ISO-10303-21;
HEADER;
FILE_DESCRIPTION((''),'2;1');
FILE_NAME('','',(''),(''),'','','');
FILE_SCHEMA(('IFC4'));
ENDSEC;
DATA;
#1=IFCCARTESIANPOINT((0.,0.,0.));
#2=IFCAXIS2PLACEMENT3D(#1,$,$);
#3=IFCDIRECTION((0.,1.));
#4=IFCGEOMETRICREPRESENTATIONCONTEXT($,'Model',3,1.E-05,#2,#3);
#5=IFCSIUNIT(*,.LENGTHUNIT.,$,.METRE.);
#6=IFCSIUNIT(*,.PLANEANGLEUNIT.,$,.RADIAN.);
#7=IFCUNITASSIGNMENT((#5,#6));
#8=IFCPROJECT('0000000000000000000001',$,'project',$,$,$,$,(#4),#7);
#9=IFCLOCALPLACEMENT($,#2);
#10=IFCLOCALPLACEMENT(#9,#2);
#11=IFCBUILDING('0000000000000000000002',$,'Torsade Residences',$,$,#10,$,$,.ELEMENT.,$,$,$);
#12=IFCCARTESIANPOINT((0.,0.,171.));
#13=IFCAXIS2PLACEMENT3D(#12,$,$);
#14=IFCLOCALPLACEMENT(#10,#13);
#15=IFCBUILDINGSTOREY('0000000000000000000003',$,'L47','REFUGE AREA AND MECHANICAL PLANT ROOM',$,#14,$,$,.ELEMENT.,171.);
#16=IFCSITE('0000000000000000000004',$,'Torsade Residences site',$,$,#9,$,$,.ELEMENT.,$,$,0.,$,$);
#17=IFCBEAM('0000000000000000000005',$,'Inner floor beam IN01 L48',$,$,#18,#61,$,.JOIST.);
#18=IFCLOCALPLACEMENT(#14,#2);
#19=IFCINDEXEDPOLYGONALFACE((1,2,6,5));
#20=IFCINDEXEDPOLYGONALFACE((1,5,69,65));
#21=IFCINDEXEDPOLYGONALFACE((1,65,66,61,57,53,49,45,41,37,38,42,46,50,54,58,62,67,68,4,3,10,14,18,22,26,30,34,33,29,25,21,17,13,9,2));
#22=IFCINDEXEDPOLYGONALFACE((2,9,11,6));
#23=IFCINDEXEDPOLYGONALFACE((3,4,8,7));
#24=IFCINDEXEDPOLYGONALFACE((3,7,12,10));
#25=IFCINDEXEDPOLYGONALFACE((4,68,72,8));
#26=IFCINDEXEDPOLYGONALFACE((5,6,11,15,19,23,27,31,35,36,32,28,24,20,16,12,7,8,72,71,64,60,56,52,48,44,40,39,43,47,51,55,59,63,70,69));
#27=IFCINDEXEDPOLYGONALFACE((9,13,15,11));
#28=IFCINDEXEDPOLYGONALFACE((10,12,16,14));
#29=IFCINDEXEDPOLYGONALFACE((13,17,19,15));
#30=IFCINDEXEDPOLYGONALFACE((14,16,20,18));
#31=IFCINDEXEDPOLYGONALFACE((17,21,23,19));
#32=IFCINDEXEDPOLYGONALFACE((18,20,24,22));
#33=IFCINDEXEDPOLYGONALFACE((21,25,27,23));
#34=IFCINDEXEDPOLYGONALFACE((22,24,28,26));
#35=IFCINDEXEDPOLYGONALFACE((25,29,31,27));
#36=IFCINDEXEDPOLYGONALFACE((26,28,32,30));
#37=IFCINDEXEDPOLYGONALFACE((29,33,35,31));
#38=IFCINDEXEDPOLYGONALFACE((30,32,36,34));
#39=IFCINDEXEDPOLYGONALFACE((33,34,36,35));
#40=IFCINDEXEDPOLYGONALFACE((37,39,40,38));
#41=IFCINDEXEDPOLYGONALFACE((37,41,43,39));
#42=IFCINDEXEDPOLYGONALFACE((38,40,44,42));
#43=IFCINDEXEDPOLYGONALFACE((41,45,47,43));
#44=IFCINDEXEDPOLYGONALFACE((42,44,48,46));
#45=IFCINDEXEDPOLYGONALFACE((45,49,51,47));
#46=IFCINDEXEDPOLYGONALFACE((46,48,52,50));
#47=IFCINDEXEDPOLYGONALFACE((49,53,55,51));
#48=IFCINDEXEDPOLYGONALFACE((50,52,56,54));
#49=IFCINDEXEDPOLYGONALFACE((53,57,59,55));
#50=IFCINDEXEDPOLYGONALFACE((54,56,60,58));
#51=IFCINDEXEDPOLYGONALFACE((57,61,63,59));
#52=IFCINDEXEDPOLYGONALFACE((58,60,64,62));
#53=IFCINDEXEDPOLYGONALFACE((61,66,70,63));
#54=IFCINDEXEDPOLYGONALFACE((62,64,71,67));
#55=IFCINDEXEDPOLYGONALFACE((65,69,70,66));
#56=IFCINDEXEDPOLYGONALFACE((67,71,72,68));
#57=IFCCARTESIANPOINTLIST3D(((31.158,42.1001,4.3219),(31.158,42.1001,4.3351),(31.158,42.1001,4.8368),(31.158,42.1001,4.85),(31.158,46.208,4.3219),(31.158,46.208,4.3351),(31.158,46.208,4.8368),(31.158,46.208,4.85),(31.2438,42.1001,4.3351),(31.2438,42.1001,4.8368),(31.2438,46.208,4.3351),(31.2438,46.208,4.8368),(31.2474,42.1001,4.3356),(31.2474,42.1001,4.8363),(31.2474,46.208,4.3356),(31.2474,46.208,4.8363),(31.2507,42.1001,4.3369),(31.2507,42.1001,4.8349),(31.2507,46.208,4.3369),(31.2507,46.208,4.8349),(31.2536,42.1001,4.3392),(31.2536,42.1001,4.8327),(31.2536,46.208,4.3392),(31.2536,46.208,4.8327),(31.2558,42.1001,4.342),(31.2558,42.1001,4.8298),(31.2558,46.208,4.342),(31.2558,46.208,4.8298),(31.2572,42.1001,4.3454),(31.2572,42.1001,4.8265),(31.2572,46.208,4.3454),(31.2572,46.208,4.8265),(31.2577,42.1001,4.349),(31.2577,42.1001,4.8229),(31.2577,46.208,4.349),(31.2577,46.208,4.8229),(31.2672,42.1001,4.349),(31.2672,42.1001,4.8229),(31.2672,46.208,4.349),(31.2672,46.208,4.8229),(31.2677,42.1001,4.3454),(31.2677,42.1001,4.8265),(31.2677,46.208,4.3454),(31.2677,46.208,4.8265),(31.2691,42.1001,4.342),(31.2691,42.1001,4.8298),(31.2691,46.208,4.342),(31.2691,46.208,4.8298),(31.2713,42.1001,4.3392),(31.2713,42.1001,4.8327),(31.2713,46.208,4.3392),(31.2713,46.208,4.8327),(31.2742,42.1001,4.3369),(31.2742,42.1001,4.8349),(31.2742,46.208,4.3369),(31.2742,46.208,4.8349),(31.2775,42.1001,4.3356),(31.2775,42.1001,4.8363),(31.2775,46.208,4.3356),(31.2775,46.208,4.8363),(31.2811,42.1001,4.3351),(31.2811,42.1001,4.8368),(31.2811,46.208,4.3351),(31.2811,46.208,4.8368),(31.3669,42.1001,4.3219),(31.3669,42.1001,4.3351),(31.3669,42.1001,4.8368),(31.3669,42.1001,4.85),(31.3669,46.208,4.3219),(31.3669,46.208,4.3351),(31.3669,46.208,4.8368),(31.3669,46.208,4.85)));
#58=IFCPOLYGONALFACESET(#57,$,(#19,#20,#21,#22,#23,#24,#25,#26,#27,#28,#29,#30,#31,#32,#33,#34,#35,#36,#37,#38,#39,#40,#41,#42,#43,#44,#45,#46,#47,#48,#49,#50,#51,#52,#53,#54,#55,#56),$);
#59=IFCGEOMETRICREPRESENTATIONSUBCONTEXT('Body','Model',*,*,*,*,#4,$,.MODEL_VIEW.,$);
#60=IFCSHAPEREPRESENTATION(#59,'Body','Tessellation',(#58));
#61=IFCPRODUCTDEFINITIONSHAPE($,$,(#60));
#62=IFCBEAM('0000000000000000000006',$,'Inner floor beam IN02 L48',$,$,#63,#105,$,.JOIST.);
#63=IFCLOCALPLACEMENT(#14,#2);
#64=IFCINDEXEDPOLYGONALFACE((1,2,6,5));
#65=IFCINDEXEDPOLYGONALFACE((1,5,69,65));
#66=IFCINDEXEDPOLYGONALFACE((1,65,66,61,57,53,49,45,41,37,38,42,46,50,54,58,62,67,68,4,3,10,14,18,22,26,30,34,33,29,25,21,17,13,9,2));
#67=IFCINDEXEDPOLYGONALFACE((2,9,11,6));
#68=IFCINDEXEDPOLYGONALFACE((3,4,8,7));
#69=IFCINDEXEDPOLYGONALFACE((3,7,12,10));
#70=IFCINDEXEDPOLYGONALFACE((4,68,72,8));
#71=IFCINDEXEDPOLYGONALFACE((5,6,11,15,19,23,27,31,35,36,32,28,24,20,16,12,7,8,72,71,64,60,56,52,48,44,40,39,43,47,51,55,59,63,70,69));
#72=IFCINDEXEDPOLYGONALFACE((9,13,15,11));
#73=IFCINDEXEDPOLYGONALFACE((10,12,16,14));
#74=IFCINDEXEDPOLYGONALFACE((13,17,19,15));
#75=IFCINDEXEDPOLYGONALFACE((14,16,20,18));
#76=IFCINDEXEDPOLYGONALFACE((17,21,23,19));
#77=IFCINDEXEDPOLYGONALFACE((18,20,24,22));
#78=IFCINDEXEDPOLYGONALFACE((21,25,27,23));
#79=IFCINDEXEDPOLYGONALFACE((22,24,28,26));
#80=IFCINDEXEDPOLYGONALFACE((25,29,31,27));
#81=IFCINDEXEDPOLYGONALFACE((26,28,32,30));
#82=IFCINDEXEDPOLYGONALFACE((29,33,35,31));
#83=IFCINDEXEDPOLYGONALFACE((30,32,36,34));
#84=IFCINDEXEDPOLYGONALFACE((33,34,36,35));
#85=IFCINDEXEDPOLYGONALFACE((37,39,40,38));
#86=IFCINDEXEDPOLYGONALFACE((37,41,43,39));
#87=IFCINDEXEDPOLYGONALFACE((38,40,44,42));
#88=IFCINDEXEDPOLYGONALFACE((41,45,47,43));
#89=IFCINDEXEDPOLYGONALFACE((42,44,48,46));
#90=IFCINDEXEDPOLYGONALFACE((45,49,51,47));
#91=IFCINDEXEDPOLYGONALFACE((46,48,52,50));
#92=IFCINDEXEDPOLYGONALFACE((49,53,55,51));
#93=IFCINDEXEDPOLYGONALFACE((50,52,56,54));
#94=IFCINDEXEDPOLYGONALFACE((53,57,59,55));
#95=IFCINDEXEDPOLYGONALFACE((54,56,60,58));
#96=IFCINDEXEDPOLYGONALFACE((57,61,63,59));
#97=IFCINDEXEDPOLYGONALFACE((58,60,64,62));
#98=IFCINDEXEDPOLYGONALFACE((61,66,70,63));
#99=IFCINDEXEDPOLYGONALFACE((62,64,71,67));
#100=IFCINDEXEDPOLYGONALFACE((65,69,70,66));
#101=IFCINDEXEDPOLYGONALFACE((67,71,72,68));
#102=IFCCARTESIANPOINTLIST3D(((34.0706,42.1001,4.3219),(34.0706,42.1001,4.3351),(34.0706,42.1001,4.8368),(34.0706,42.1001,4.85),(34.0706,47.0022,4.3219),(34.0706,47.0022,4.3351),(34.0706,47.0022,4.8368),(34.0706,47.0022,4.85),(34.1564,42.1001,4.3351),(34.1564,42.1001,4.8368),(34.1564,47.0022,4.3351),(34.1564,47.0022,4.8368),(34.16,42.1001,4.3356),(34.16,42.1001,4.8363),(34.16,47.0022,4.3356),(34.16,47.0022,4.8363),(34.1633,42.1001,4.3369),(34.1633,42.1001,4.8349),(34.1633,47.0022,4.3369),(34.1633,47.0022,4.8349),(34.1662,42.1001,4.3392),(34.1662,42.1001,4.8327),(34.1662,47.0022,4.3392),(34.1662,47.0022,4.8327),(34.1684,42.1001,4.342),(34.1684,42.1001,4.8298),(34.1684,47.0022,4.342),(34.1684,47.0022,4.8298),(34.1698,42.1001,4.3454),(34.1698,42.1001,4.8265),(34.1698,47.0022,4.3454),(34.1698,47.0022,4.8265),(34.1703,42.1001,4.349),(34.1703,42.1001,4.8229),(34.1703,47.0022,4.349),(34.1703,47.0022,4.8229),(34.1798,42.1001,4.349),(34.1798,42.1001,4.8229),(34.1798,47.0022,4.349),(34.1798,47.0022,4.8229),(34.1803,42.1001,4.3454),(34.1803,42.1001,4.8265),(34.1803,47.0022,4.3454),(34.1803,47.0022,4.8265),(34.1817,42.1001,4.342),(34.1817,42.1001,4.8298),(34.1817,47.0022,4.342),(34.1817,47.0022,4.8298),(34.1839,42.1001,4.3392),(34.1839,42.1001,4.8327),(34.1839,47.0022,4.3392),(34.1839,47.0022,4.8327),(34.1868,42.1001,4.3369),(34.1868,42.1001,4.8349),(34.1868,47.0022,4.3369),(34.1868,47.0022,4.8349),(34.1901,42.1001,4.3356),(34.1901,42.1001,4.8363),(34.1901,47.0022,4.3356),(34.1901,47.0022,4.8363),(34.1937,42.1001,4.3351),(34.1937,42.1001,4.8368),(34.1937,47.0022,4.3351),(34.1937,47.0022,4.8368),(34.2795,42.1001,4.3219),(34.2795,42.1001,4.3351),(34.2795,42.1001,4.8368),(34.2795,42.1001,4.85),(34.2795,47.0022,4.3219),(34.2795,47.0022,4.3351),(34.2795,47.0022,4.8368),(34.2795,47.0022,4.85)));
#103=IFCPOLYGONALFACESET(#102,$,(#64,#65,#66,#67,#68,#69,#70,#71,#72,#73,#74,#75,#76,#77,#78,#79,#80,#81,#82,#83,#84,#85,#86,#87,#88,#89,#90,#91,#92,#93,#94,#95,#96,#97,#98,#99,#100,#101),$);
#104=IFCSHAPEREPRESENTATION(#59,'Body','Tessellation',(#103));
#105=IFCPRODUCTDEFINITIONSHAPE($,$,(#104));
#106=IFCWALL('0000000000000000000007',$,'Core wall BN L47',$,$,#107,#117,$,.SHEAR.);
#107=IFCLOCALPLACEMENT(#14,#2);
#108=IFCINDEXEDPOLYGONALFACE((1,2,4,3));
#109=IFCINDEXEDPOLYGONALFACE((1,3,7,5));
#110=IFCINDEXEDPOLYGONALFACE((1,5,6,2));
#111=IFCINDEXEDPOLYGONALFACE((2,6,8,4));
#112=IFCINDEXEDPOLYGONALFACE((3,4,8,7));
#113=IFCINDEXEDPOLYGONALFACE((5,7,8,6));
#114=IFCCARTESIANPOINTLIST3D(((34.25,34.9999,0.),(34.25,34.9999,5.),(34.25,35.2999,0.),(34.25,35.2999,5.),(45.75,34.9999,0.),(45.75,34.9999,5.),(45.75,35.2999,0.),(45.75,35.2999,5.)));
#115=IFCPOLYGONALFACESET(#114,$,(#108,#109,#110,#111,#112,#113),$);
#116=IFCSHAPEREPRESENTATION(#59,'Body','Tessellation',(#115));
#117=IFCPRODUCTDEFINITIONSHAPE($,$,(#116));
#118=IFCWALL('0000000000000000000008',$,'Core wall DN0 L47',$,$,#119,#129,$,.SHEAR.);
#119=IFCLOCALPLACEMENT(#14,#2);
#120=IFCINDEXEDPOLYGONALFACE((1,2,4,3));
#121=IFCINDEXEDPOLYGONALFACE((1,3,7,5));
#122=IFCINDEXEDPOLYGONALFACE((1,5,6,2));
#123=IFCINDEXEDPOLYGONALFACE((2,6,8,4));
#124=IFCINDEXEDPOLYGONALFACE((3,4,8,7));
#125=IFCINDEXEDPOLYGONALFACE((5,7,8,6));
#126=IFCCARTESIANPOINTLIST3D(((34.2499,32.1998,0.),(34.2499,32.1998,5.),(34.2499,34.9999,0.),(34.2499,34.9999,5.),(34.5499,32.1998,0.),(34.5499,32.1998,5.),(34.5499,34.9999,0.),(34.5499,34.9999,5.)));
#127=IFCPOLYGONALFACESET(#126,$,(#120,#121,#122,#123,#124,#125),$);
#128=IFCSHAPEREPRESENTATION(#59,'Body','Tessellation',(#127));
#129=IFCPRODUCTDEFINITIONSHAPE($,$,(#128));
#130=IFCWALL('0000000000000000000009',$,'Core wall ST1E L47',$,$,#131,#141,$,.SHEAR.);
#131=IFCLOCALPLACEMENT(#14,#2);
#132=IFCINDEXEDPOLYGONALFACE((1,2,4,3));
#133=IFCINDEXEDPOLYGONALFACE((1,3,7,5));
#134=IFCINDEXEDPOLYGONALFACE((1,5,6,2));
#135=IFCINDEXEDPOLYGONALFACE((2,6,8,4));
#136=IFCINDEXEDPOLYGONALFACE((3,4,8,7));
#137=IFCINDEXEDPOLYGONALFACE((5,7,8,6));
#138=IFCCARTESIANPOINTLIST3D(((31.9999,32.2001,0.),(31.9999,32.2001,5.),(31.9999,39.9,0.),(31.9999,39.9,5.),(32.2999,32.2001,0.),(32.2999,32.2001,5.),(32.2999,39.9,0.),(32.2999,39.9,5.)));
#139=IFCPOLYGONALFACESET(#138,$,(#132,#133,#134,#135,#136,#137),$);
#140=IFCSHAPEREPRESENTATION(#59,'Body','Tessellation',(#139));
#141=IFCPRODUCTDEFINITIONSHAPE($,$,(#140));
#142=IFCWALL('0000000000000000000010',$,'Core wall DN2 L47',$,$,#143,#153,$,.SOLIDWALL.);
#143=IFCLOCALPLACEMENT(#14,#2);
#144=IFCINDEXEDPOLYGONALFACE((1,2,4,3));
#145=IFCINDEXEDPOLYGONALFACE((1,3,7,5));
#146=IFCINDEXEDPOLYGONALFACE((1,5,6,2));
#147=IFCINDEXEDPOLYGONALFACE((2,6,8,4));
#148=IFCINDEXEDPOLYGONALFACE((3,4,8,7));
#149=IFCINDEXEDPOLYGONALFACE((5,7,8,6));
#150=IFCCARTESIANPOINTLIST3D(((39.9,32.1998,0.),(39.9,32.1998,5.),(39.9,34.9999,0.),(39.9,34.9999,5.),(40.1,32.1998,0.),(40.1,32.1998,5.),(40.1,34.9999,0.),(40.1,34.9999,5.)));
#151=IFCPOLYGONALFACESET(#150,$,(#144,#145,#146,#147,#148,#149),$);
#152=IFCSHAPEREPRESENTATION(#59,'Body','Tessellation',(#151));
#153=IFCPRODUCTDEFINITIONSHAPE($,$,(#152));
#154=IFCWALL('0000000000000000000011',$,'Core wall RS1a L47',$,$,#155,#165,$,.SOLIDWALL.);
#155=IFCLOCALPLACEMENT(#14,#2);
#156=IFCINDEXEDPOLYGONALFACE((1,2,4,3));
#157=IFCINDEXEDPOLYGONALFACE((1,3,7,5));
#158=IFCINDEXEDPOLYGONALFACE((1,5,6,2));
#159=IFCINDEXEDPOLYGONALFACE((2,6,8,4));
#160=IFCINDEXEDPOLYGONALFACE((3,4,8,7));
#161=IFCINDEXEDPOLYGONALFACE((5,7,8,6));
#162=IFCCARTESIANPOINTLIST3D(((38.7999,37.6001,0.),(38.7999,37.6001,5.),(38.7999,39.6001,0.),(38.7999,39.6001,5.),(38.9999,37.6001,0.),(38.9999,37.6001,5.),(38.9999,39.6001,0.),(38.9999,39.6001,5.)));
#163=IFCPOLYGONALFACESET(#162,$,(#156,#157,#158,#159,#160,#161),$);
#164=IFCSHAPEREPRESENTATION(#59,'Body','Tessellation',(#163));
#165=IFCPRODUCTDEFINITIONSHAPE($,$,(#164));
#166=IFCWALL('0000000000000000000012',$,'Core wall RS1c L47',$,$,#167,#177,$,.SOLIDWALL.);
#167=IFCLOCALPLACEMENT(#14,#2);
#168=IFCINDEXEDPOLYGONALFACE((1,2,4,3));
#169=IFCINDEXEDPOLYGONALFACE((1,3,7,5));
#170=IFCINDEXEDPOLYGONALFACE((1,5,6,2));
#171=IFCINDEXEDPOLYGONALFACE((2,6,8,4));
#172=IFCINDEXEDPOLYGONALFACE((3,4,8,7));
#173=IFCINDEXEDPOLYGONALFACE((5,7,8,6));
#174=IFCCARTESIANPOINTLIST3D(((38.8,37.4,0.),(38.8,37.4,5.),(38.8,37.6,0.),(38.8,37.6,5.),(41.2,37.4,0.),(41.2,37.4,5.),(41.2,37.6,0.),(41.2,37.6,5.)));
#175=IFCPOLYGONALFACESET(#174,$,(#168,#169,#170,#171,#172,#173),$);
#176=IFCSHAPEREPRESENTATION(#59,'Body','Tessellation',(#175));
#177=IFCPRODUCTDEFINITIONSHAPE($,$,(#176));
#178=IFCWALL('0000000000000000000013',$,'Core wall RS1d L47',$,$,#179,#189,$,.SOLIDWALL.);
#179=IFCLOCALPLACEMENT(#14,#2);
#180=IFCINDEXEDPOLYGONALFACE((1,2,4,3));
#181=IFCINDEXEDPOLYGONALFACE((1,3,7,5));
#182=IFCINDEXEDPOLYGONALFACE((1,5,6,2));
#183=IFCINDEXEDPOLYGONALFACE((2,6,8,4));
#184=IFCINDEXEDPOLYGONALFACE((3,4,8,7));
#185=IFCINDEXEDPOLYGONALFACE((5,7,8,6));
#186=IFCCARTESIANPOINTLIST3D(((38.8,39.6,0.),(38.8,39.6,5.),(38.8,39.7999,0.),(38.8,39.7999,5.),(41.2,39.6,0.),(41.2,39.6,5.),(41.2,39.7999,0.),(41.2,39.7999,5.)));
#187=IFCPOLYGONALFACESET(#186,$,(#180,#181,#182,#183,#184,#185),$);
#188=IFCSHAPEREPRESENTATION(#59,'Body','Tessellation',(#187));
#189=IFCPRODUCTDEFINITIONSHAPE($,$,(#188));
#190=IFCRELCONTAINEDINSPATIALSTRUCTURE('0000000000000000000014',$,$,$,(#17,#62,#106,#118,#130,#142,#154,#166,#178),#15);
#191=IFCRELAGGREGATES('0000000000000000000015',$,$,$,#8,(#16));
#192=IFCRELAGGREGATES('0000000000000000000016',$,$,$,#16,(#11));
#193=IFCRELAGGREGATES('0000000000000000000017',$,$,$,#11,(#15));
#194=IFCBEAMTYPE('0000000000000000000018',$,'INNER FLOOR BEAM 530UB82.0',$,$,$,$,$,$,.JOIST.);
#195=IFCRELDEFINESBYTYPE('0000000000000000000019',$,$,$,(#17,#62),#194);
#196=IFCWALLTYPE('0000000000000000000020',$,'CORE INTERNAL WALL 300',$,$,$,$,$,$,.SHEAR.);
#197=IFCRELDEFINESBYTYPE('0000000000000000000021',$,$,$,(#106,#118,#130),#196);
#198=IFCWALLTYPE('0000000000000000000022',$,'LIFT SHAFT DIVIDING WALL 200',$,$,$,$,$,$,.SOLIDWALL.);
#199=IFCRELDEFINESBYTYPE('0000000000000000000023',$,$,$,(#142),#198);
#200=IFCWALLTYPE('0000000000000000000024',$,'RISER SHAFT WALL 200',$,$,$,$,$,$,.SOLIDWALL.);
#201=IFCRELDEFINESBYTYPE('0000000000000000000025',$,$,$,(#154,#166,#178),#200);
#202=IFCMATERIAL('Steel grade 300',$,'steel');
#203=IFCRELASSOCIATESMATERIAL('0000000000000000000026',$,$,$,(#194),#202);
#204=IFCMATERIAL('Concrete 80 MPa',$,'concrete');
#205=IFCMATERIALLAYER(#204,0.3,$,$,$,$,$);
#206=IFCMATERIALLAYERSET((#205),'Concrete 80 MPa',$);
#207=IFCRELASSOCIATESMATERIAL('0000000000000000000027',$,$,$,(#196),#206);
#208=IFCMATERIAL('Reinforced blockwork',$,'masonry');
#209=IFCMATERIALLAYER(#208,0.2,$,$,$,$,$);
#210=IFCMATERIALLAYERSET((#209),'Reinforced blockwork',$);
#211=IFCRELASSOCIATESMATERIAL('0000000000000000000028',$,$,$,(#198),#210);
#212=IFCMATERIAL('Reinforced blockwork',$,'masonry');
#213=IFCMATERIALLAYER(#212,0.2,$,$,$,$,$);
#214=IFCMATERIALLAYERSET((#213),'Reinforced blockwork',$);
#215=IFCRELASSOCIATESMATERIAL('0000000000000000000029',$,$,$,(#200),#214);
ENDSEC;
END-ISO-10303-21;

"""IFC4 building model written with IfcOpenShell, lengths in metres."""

from ifc_helpers import new_model, si_unit, direction, frame, frame_2d, origin, origin_2d, place, context, subcontext, project, spatial, rectangle, i_section, extrude, material, layer, layer_set, material_profile, profile_set, type_object, element, save


model = new_model("IFC4")

# Units and contexts
model_context = context("Model", 3, precision=1e-05, world=origin(), true_north=direction((0.0, 1.0)))
body_context = subcontext(model_context, "Body", "Model", "MODEL_VIEW")
ifc_project = project(units=[si_unit("LENGTHUNIT", "METRE"), si_unit("PLANEANGLEUNIT", "RADIAN")], contexts=[model_context])

# Site, building, storey
site_placement = place(None, origin())
site = spatial("IfcSite", under=ifc_project, at=site_placement, Name="Torsade Residences site", CompositionType="ELEMENT", RefElevation=0.0)
building_placement = place(site_placement, origin())
building = spatial("IfcBuilding", under=site, at=building_placement, Name="Torsade Residences", CompositionType="ELEMENT")
storey_placement = place(building_placement, frame((0.0, 0.0, 171.0)))
storey = spatial("IfcBuildingStorey", under=building, at=storey_placement, Name="L47", Description="REFUGE AREA AND MECHANICAL PLANT ROOM", CompositionType="ELEMENT", Elevation=171.0)

# Beams
ifc_material_1 = material(Name="Steel grade 300", Category="steel")
ifc_material_profile = material_profile(ifc_material_1, i_section(OverallWidth=0.209, OverallDepth=0.5281, WebThickness=0.0095, FlangeThickness=0.0132, FilletRadius=0.0139, at=origin_2d()), Name="530UB82.0")
ifc_profile_set = profile_set([ifc_material_profile], Name="Steel grade 300")
beam_type = type_object("IfcBeamType", Name="INNER FLOOR BEAM 530UB82.0", PredefinedType="JOIST", material=ifc_profile_set)
beam_1_placement = place(storey_placement, frame((31.2625, 42.1001, 4.5859), z_axis=(0.0, 1.0, 0.0), x_axis=(-1.0, 0.0, 0.0)))
element("IfcBeam", 1, at=beam_1_placement, inside=storey, type_object=beam_type, Name="Inner floor beam IN01 L48", PredefinedType="JOIST", context=body_context, shape_type="SweptSolid", body=[
    extrude(i_section(OverallWidth=0.209, OverallDepth=0.5281, WebThickness=0.0095, FlangeThickness=0.0132, FilletRadius=0.0139, at=origin_2d()), origin(), (0.0, 0.0, 1.0), 4.1079),
])
beam_2_placement = place(storey_placement, frame((34.175, 42.1001, 4.5859), z_axis=(0.0, 1.0, 0.0), x_axis=(-1.0, 0.0, 0.0)))
element("IfcBeam", 2, at=beam_2_placement, inside=storey, type_object=beam_type, Name="Inner floor beam IN02 L48", PredefinedType="JOIST", context=body_context, shape_type="SweptSolid", body=[
    extrude(i_section(OverallWidth=0.209, OverallDepth=0.5281, WebThickness=0.0095, FlangeThickness=0.0132, FilletRadius=0.0139, at=origin_2d()), origin(), (0.0, 0.0, 1.0), 4.9021),
])

# Walls
ifc_material_2 = material(Name="Concrete 80 MPa", Category="concrete")
ifc_layer_1 = layer(ifc_material_2, 0.3)
ifc_layer_set_1 = layer_set([ifc_layer_1], Name="Concrete 80 MPa")
wall_type_1 = type_object("IfcWallType", Name="CORE INTERNAL WALL 300", PredefinedType="SHEAR", material=ifc_layer_set_1)
wall_1_placement = place(storey_placement, frame((34.25, 35.1499, 0.0), z_axis=(0.0, 0.0, 1.0), x_axis=(1.0, 0.0, 0.0)))
element("IfcWall", 3, at=wall_1_placement, inside=storey, type_object=wall_type_1, Name="Core wall BN L47", PredefinedType="SHEAR", context=body_context, shape_type="SweptSolid", body=[
    extrude(rectangle(XDim=11.5, YDim=0.3, at=frame_2d((5.75, 0.0))), origin(), (0.0, 0.0, 1.0), 5.0),
])
wall_2_placement = place(storey_placement, frame((34.3999, 32.2, 0.0), z_axis=(0.0, 0.0, 1.0), x_axis=(0.0, 1.0, 0.0)))
element("IfcWall", 4, at=wall_2_placement, inside=storey, type_object=wall_type_1, Name="Core wall DN0 L47", PredefinedType="SHEAR", context=body_context, shape_type="SweptSolid", body=[
    extrude(rectangle(XDim=2.8, YDim=0.3, at=frame_2d((1.3999, 0.0))), origin(), (0.0, 0.0, 1.0), 5.0),
])
wall_3_placement = place(storey_placement, frame((32.1499, 32.2, 0.0), z_axis=(0.0, 0.0, 1.0), x_axis=(0.0, 1.0, 0.0)))
element("IfcWall", 5, at=wall_3_placement, inside=storey, type_object=wall_type_1, Name="Core wall ST1E L47", PredefinedType="SHEAR", context=body_context, shape_type="SweptSolid", body=[
    extrude(rectangle(XDim=7.7, YDim=0.3, at=frame_2d((3.8501, 0.0))), origin(), (0.0, 0.0, 1.0), 5.0),
])
ifc_material_3 = material(Name="Reinforced blockwork", Category="masonry")
ifc_layer_2 = layer(ifc_material_3, 0.2)
ifc_layer_set_2 = layer_set([ifc_layer_2], Name="Reinforced blockwork")
wall_type_2 = type_object("IfcWallType", Name="LIFT SHAFT DIVIDING WALL 200", PredefinedType="SOLIDWALL", material=ifc_layer_set_2)
wall_4_placement = place(storey_placement, frame((40.0, 32.2, 0.0), z_axis=(0.0, 0.0, 1.0), x_axis=(0.0, 1.0, 0.0)))
element("IfcWall", 6, at=wall_4_placement, inside=storey, type_object=wall_type_2, Name="Core wall DN2 L47", PredefinedType="SOLIDWALL", context=body_context, shape_type="SweptSolid", body=[
    extrude(rectangle(XDim=2.8, YDim=0.2, at=frame_2d((1.3999, 0.0))), origin(), (0.0, 0.0, 1.0), 5.0),
])
ifc_material_4 = material(Name="Reinforced blockwork", Category="masonry")
ifc_layer_3 = layer(ifc_material_4, 0.2)
ifc_layer_set_3 = layer_set([ifc_layer_3], Name="Reinforced blockwork")
wall_type_3 = type_object("IfcWallType", Name="RISER SHAFT WALL 200", PredefinedType="SOLIDWALL", material=ifc_layer_set_3)
wall_5_placement = place(storey_placement, frame((38.8999, 37.6001, 0.0), z_axis=(0.0, 0.0, 1.0), x_axis=(0.0, 1.0, 0.0)))
element("IfcWall", 7, at=wall_5_placement, inside=storey, type_object=wall_type_3, Name="Core wall RS1a L47", PredefinedType="SOLIDWALL", context=body_context, shape_type="SweptSolid", body=[
    extrude(rectangle(XDim=2.0, YDim=0.2, at=frame_2d((1.0, 0.0))), origin(), (0.0, 0.0, 1.0), 5.0),
])
for number, where, z_axis, x_axis, name in (
    (8, (38.8, 37.5, 0.0), (0.0, 0.0, 1.0), (1.0, 0.0, 0.0), "Core wall RS1c L47"),
    (9, (38.8, 39.7, 0.0), (0.0, 0.0, 1.0), (1.0, 0.0, 0.0), "Core wall RS1d L47"),
):
    element("IfcWall", number, at=place(storey_placement, frame(where, z_axis=z_axis, x_axis=x_axis)), inside=storey, type_object=wall_type_3, Name=name, PredefinedType="SOLIDWALL", context=body_context, shape_type="SweptSolid", body=[
        extrude(rectangle(XDim=2.3999, YDim=0.2, at=frame_2d((1.2, 0.0))), origin(), (0.0, 0.0, 1.0), 5.0),
    ])

save(model, "model.ifc")
